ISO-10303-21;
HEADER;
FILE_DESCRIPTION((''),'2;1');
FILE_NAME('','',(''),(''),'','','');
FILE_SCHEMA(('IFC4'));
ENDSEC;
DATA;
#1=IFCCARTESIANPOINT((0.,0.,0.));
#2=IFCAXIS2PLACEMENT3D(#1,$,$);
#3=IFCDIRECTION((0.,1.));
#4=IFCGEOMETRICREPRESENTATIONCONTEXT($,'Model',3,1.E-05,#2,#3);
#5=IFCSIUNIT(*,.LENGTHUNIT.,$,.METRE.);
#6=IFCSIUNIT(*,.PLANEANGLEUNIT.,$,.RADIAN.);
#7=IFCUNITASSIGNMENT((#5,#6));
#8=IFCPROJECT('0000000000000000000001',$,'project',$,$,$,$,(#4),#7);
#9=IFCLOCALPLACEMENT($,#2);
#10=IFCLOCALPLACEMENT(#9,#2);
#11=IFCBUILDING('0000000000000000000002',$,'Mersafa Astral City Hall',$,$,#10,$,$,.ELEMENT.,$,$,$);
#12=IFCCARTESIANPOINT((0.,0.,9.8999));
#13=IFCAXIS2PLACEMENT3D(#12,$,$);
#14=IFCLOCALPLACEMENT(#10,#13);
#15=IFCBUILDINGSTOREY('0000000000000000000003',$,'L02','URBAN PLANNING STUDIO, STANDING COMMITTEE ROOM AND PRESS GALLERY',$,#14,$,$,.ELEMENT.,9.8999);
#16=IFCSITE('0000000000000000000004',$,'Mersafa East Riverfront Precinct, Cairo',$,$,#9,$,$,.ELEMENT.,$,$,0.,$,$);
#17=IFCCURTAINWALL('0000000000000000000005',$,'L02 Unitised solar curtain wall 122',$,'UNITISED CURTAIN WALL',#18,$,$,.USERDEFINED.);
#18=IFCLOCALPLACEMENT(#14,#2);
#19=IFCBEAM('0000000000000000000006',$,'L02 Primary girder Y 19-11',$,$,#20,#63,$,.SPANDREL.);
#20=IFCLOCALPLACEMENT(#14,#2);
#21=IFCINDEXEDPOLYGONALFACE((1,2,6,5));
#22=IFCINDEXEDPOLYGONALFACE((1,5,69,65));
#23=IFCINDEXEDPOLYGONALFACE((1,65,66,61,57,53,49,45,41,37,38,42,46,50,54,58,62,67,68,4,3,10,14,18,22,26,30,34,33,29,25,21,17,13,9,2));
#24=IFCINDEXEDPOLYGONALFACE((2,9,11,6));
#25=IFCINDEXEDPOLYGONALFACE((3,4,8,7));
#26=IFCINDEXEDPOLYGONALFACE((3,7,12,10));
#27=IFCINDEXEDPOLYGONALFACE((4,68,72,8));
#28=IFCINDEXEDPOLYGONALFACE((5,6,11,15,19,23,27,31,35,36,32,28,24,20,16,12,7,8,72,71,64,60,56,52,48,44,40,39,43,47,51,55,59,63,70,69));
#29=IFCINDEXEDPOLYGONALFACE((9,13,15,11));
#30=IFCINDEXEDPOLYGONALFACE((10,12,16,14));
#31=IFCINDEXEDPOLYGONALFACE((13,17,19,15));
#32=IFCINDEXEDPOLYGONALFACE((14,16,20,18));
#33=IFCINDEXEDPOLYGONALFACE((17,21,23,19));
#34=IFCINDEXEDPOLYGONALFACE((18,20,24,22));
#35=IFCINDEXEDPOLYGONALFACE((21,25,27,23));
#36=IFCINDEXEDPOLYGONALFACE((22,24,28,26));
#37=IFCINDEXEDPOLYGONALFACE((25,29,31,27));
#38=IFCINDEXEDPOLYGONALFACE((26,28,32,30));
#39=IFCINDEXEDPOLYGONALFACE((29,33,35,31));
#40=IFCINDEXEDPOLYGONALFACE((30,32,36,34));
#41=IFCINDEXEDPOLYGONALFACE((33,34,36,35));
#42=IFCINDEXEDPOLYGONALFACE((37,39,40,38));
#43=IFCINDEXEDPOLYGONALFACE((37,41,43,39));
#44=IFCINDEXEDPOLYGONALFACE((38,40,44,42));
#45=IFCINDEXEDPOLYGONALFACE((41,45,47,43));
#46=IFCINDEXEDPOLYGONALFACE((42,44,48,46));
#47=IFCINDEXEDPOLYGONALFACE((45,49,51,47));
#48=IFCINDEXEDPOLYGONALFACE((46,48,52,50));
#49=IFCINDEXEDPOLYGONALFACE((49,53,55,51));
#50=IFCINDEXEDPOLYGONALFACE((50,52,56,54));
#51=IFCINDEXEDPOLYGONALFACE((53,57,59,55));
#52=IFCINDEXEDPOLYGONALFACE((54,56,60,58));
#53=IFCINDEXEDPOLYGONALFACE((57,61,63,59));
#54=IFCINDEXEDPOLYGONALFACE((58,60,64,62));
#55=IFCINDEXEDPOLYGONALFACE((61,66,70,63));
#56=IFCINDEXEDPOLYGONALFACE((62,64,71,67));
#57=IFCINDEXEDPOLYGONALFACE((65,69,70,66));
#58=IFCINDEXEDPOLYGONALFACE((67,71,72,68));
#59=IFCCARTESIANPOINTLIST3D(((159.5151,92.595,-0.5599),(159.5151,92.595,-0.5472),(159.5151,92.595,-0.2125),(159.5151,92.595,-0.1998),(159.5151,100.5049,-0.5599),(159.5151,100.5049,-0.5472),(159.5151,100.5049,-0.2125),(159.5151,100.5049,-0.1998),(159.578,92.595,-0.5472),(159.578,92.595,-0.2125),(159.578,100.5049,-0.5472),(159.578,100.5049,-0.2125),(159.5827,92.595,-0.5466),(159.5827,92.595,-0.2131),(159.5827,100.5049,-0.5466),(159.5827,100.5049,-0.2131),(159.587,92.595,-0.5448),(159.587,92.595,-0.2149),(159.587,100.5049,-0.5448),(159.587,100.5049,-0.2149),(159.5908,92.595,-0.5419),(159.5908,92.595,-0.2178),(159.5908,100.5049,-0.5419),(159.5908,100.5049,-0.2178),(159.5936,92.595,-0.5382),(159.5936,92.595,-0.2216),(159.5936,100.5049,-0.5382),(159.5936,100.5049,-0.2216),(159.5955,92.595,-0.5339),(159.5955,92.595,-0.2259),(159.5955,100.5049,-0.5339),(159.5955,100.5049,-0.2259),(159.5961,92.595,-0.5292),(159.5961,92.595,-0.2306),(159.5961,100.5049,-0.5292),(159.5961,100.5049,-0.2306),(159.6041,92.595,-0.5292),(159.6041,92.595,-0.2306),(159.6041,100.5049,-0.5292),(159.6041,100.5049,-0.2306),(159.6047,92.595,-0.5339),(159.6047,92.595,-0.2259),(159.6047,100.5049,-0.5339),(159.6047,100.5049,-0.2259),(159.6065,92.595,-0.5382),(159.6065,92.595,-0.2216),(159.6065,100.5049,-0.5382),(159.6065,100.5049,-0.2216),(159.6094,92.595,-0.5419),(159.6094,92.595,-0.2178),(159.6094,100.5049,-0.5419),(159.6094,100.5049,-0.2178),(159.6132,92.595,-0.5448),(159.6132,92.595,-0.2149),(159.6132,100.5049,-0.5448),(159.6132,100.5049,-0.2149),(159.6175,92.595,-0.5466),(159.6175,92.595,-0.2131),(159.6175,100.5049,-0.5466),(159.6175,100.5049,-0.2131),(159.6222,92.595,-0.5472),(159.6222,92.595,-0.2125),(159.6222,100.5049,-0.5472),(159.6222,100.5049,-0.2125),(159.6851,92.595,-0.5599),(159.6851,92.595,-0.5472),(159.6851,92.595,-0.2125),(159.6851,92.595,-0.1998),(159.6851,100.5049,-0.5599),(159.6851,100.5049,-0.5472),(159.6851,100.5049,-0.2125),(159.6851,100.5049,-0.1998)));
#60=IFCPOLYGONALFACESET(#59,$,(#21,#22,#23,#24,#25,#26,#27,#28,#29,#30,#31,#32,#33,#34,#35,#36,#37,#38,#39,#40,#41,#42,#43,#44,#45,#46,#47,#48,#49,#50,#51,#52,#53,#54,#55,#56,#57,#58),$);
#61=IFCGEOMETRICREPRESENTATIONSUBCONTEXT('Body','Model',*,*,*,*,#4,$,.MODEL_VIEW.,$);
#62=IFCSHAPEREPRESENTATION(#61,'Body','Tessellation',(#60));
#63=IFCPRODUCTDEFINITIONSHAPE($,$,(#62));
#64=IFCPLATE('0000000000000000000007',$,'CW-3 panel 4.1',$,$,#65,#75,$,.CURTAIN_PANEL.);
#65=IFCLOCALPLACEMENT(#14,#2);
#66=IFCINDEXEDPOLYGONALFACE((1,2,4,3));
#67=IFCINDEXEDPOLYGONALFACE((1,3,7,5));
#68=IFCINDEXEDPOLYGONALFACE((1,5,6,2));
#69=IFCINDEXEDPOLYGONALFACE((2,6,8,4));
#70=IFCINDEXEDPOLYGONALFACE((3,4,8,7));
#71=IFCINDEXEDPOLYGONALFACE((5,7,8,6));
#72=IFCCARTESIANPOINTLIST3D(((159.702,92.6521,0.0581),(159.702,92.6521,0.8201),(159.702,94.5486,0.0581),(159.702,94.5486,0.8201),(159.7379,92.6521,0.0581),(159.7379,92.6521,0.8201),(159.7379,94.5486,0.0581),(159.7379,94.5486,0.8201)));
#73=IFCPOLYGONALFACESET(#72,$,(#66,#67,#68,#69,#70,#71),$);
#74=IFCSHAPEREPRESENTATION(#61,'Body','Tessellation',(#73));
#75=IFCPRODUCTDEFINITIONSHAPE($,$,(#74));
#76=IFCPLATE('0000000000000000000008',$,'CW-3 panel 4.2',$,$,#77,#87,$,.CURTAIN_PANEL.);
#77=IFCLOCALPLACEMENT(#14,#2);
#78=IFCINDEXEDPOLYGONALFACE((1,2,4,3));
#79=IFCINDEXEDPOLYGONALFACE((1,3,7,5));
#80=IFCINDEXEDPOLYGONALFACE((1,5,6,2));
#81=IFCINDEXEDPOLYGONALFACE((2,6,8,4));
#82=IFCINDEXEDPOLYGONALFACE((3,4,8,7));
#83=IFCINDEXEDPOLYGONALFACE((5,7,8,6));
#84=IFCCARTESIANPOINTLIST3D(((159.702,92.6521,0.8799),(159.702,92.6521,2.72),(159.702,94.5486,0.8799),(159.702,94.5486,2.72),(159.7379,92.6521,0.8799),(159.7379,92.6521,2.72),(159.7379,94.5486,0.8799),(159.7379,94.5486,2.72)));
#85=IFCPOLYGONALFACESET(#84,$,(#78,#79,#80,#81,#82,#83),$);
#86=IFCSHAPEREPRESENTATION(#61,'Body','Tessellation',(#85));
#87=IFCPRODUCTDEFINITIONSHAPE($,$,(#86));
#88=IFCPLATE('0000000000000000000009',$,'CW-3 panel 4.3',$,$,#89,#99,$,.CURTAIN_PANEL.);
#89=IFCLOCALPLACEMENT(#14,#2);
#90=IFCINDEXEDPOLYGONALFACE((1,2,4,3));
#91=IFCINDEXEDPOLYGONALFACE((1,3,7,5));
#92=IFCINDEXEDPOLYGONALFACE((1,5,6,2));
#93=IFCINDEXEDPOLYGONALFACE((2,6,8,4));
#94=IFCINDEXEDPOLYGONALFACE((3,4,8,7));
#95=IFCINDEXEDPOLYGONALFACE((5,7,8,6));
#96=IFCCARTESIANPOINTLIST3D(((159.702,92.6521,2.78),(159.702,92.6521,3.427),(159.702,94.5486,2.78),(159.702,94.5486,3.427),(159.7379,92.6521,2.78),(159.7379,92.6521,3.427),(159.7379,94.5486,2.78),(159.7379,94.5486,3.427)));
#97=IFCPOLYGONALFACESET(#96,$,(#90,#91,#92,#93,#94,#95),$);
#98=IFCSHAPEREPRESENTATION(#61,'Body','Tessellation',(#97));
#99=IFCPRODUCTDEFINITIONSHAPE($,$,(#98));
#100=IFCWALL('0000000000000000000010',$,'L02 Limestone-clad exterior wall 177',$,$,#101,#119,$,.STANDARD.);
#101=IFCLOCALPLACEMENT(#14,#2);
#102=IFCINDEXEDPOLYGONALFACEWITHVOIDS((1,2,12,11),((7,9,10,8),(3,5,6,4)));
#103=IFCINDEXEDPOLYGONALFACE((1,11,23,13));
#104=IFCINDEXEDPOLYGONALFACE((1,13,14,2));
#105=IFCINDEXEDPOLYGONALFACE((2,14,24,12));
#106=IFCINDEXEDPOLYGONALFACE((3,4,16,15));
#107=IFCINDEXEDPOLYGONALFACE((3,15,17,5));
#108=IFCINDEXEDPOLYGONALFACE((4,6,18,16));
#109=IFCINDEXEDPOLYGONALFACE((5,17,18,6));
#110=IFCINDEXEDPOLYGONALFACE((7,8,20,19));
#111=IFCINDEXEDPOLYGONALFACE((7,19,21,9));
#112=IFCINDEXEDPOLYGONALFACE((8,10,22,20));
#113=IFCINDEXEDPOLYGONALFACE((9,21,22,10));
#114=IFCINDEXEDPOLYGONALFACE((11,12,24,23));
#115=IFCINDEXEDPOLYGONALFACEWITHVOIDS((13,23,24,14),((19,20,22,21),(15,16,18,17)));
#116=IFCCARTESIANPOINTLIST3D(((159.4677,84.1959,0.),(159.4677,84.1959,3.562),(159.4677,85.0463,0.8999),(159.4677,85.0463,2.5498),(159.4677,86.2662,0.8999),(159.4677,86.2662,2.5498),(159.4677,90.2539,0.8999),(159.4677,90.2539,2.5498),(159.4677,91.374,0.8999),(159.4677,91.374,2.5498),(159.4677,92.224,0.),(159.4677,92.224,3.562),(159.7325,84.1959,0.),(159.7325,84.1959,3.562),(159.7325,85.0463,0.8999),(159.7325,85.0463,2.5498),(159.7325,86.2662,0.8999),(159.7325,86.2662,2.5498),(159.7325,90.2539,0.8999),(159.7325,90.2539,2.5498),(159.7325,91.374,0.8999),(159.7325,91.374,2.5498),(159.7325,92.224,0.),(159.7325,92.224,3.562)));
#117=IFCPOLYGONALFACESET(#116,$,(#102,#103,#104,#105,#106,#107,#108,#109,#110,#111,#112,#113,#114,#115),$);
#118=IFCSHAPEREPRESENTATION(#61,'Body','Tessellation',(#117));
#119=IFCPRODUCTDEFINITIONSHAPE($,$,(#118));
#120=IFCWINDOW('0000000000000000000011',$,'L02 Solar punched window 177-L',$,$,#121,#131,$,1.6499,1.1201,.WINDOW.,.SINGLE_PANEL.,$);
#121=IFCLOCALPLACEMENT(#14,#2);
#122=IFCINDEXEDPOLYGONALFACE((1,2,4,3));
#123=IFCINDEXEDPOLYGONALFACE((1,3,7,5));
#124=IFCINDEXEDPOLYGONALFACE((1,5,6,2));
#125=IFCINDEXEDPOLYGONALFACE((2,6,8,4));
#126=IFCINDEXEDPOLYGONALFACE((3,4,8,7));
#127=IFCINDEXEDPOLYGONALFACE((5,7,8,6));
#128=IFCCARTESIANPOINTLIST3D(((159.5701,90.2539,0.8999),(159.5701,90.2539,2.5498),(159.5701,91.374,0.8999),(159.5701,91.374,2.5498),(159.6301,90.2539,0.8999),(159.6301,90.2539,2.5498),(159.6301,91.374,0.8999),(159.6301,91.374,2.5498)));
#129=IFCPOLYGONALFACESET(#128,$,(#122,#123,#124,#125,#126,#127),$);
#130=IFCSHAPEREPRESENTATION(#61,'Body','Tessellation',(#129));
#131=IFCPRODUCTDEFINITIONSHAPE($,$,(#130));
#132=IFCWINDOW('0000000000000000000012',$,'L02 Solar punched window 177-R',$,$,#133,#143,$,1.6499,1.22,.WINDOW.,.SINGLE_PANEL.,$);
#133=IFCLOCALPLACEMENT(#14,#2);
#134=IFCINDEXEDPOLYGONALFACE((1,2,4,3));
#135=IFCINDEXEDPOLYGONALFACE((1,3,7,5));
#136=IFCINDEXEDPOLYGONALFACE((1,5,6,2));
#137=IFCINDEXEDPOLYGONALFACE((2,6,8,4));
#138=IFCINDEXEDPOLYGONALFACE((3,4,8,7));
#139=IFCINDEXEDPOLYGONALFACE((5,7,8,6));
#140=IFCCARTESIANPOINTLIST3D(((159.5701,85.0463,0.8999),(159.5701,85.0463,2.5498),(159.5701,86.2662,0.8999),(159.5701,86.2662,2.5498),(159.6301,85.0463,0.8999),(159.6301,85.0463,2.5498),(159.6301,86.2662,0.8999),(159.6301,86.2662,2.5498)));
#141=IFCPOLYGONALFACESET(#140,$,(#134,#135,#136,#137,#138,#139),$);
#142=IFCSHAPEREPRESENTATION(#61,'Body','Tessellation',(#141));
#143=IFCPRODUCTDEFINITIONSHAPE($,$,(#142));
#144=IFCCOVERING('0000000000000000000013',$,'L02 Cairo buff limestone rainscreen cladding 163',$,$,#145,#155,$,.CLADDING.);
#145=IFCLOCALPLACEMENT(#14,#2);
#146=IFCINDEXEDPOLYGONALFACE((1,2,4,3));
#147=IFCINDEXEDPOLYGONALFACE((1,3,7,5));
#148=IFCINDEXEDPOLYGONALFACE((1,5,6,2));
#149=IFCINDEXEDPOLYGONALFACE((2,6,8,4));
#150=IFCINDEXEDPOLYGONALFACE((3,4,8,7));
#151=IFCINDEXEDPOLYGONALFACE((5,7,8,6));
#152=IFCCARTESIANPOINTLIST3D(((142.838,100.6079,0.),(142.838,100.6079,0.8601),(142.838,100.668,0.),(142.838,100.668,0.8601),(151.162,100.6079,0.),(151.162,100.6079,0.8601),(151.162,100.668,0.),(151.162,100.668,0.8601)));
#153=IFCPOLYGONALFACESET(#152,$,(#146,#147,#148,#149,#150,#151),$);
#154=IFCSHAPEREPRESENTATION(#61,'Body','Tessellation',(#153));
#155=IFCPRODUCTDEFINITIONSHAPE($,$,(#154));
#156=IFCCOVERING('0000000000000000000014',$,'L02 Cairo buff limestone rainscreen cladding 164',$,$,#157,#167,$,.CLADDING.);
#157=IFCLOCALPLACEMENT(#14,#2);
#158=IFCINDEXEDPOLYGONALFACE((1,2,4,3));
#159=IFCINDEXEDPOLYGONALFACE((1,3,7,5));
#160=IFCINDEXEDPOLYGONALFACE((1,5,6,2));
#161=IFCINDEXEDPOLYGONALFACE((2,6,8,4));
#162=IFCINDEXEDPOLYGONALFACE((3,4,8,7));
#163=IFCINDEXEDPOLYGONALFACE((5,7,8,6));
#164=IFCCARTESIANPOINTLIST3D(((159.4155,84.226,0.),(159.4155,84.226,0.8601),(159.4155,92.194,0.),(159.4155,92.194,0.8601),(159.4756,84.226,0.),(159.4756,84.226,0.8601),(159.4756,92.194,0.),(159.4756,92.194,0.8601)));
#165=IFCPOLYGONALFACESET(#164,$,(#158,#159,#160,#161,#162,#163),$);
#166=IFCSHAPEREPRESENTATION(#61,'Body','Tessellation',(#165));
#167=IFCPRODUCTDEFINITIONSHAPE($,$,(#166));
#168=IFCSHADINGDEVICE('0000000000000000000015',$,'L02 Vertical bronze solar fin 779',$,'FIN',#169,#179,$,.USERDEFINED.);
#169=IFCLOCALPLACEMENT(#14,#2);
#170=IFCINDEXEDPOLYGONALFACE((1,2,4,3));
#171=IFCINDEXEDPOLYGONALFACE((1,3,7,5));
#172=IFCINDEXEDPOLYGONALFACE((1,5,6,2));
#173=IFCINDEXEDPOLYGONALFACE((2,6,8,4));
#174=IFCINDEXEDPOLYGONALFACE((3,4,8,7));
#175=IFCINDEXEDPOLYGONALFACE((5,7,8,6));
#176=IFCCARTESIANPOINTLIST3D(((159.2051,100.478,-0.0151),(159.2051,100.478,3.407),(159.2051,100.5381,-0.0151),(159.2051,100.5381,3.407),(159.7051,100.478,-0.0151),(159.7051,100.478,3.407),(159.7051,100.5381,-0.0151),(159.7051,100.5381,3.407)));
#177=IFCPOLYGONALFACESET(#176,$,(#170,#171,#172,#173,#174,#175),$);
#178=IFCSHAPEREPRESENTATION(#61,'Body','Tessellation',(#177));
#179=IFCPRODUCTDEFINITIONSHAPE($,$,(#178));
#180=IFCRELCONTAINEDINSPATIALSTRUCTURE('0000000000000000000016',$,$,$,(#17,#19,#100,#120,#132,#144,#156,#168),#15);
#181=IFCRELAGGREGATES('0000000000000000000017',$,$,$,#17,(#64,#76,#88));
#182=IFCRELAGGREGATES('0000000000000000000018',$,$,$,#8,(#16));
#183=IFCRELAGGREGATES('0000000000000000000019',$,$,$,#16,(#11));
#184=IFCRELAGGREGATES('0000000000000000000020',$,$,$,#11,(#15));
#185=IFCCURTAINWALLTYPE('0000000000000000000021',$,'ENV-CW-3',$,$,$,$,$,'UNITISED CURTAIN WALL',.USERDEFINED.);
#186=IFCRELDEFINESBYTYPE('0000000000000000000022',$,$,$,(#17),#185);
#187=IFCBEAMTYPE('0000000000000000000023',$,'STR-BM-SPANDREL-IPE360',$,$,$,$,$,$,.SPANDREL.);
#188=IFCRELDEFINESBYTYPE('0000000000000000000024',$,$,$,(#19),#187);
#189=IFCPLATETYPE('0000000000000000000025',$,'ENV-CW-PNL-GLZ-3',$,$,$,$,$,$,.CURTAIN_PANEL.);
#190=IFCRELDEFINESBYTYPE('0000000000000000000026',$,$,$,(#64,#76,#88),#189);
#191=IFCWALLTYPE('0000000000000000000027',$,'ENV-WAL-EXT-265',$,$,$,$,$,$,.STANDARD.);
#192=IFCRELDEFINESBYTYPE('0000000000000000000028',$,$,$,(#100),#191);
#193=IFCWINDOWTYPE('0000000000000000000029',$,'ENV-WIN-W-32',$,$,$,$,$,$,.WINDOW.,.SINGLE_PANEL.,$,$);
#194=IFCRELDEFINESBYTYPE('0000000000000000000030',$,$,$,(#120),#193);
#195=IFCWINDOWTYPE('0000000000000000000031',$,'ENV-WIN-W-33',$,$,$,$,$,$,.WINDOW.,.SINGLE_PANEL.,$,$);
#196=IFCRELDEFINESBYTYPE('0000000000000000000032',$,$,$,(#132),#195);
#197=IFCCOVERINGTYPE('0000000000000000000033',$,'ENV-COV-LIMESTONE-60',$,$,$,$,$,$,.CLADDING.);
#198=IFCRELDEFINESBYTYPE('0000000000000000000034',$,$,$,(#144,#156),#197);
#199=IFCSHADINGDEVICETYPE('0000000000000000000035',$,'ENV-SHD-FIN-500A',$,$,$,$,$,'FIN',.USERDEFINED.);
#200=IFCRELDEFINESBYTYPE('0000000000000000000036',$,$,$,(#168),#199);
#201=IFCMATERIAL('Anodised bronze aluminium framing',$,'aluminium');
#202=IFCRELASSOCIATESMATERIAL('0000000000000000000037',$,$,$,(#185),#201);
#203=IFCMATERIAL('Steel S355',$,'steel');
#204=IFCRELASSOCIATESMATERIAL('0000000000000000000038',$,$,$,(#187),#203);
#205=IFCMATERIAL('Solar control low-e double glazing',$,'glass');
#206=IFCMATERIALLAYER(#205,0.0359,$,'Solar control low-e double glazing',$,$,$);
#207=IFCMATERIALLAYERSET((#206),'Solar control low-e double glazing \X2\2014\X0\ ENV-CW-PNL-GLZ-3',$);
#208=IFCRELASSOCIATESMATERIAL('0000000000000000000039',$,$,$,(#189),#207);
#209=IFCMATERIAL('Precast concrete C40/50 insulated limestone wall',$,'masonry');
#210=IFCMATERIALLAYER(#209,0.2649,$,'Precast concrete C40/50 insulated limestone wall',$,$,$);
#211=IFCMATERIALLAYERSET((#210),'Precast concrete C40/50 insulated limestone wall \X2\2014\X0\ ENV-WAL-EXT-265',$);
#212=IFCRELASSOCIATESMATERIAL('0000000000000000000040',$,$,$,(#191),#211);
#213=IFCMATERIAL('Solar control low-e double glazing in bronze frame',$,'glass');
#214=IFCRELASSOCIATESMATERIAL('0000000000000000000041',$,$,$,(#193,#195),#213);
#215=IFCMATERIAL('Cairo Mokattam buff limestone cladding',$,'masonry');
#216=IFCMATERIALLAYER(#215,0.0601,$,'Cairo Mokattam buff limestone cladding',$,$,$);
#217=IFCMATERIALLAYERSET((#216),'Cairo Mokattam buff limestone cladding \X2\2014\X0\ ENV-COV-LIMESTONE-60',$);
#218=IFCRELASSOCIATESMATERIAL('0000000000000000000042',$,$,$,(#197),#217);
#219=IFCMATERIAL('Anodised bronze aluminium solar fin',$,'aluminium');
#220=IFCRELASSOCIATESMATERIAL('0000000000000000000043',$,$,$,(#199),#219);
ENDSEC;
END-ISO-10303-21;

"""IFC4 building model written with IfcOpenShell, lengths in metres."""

from ifc_helpers import new_model, si_unit, direction, frame, frame_2d, origin, origin_2d, place, context, subcontext, project, spatial, rectangle, i_section, extrude, material, layer, layer_set, material_profile, profile_set, type_object, element, fill, aggregate, save


model = new_model("IFC4")

# Units and contexts
model_context = context("Model", 3, precision=1e-05, world=origin(), true_north=direction((0.0, 1.0)))
body_context = subcontext(model_context, "Body", "Model", "MODEL_VIEW")
ifc_project = project(units=[si_unit("LENGTHUNIT", "METRE"), si_unit("PLANEANGLEUNIT", "RADIAN")], contexts=[model_context])

# Site, building, storey
site_placement = place(None, origin())
site = spatial("IfcSite", under=ifc_project, at=site_placement, Name="Mersafa East Riverfront Precinct, Cairo", CompositionType="ELEMENT", RefElevation=0.0)
building_placement = place(site_placement, origin())
building = spatial("IfcBuilding", under=site, at=building_placement, Name="Mersafa Astral City Hall", CompositionType="ELEMENT")
storey_placement = place(building_placement, frame((0.0, 0.0, 9.8999)))
storey = spatial("IfcBuildingStorey", under=building, at=storey_placement, Name="L02", Description="URBAN PLANNING STUDIO, STANDING COMMITTEE ROOM AND PRESS GALLERY", CompositionType="ELEMENT", Elevation=9.8999)

# Shared definitions
ifc_material_1 = material(Name="Steel S355", Category="steel")

# Curtain wall
ifc_material_2 = material(Name="Anodised bronze aluminium framing", Category="aluminium")
curtain_wall_type = type_object("IfcCurtainWallType", Name="ENV-CW-3", ElementType="UNITISED CURTAIN WALL", PredefinedType="USERDEFINED", material=ifc_material_2)
curtain_wall_placement = place(storey_placement, origin())
curtain_wall = element("IfcCurtainWall", 1, at=curtain_wall_placement, inside=storey, type_object=curtain_wall_type, Name="L02 Unitised solar curtain wall 122", ObjectType="UNITISED CURTAIN WALL", PredefinedType="USERDEFINED")

# Beam
ifc_material_profile_1 = material_profile(ifc_material_1, i_section(OverallWidth=0.1699, OverallDepth=0.3601, WebThickness=0.0081, FlangeThickness=0.0127, FilletRadius=0.0181, at=origin_2d()), Name="IPE 360")
ifc_profile_set_1 = profile_set([ifc_material_profile_1], Name="Steel S355")
beam_type_1 = type_object("IfcBeamType", Name="STR-BM-SPANDREL-IPE360", PredefinedType="SPANDREL", material=ifc_profile_set_1)
beam_1_placement = place(storey_placement, frame((159.6001, 92.595, -0.3799), z_axis=(0.0, 1.0, 0.0), x_axis=(-1.0, 0.0, 0.0)))
element("IfcBeam", 2, at=beam_1_placement, inside=storey, type_object=beam_type_1, Name="L02 Primary girder Y 19-11", PredefinedType="SPANDREL", context=body_context, shape_type="SweptSolid", body=[
    extrude(i_section(OverallWidth=0.1699, OverallDepth=0.3601, WebThickness=0.0081, FlangeThickness=0.0127, FilletRadius=0.0181, at=origin_2d()), origin(), (0.0, 0.0, 1.0), 7.9099),
])

# Plates
ifc_material_3 = material(Name="Solar control low-e double glazing", Category="glass")
ifc_layer_1 = layer(ifc_material_3, 0.0359, Name="Solar control low-e double glazing")
ifc_layer_set_1 = layer_set([ifc_layer_1], Name="Solar control low-e double glazing — ENV-CW-PNL-GLZ-3")
plate_type = type_object("IfcPlateType", Name="ENV-CW-PNL-GLZ-3", PredefinedType="CURTAIN_PANEL", material=ifc_layer_set_1)
plate_1_placement = place(storey_placement, frame((159.72, 93.6003, 0.0581), z_axis=(0.0, 0.0, 1.0), x_axis=(0.0, -1.0, 0.0)))
plate_1 = element("IfcPlate", 3, at=plate_1_placement, type_object=plate_type, Name="CW-3 panel 4.1", PredefinedType="CURTAIN_PANEL", context=body_context, shape_type="SweptSolid", body=[
    extrude(rectangle(XDim=1.8965, YDim=0.0359, at=origin_2d()), origin(), (0.0, 0.0, 1.0), 0.762),
])
plate_2_placement = place(storey_placement, frame((159.72, 93.6003, 0.8799), z_axis=(0.0, 0.0, 1.0), x_axis=(0.0, -1.0, 0.0)))
plate_2 = element("IfcPlate", 4, at=plate_2_placement, type_object=plate_type, Name="CW-3 panel 4.2", PredefinedType="CURTAIN_PANEL", context=body_context, shape_type="SweptSolid", body=[
    extrude(rectangle(XDim=1.8965, YDim=0.0359, at=origin_2d()), origin(), (0.0, 0.0, 1.0), 1.8401),
])
plate_3_placement = place(storey_placement, frame((159.72, 93.6003, 2.78), z_axis=(0.0, 0.0, 1.0), x_axis=(0.0, -1.0, 0.0)))
plate_3 = element("IfcPlate", 5, at=plate_3_placement, type_object=plate_type, Name="CW-3 panel 4.3", PredefinedType="CURTAIN_PANEL", context=body_context, shape_type="SweptSolid", body=[
    extrude(rectangle(XDim=1.8965, YDim=0.0359, at=origin_2d()), origin(), (0.0, 0.0, 1.0), 0.647),
])
aggregate(curtain_wall, [plate_1, plate_2, plate_3])

# Wall, openings, windows
ifc_material_4 = material(Name="Precast concrete C40/50 insulated limestone wall", Category="masonry")
ifc_layer_2 = layer(ifc_material_4, 0.2649, Name="Precast concrete C40/50 insulated limestone wall")
ifc_layer_set_2 = layer_set([ifc_layer_2], Name="Precast concrete C40/50 insulated limestone wall — ENV-WAL-EXT-265")
wall_type = type_object("IfcWallType", Name="ENV-WAL-EXT-265", PredefinedType="STANDARD", material=ifc_layer_set_2)
wall_placement = place(storey_placement, frame((159.6001, 92.2241, 0.0), z_axis=(0.0, 0.0, 1.0), x_axis=(0.0, -1.0, 0.0)))
wall = element("IfcWall", 6, at=wall_placement, inside=storey, type_object=wall_type, Name="L02 Limestone-clad exterior wall 177", PredefinedType="STANDARD", context=body_context, shape_type="SweptSolid", body=[
    extrude(rectangle(XDim=8.0281, YDim=0.2649, at=frame_2d((4.0142, 0.0))), origin(), (0.0, 0.0, 1.0), 3.562),
])
opening_1_placement = place(wall_placement, frame((0.8501, 0.0, 0.8999)))
opening_1 = element("IfcOpeningElement", 7, at=opening_1_placement, cuts=wall, PredefinedType="OPENING", context=body_context, shape_type="SweptSolid", body=[
    extrude(rectangle(XDim=1.1201, YDim=1.6499, at=frame_2d((0.5601, 0.825))), frame((0.0, 0.1423, 0.0), z_axis=(0.0, -1.0, 0.0), x_axis=(1.0, 0.0, 0.0)), (0.0, 0.0, 1.0), 0.2849),
])
opening_2_placement = place(wall_placement, frame((5.958, 0.0, 0.8999)))
opening_2 = element("IfcOpeningElement", 8, at=opening_2_placement, cuts=wall, PredefinedType="OPENING", context=body_context, shape_type="SweptSolid", body=[
    extrude(rectangle(XDim=1.22, YDim=1.6499, at=frame_2d((0.6099, 0.825))), frame((0.0, 0.1423, 0.0), z_axis=(0.0, -1.0, 0.0), x_axis=(1.0, 0.0, 0.0)), (0.0, 0.0, 1.0), 0.2849),
])
ifc_material_5 = material(Name="Solar control low-e double glazing in bronze frame", Category="glass")
window_type_1 = type_object("IfcWindowType", Name="ENV-WIN-W-32", PartitioningType="SINGLE_PANEL", PredefinedType="WINDOW", material=ifc_material_5)
window_1_placement = place(opening_1_placement, origin())
window_1 = element("IfcWindow", 9, at=window_1_placement, inside=storey, type_object=window_type_1, Name="L02 Solar punched window 177-L", OverallHeight=1.6499, OverallWidth=1.1201, PartitioningType="SINGLE_PANEL", PredefinedType="WINDOW", context=body_context, shape_type="SweptSolid", body=[
    extrude(rectangle(XDim=1.1201, YDim=1.6499, at=frame_2d((0.5601, 0.825))), frame((0.0, 0.03, 0.0), z_axis=(0.0, -1.0, 0.0), x_axis=(1.0, 0.0, 0.0)), (0.0, 0.0, 1.0), 0.0601),
])
fill(opening_1, window_1)
window_type_2 = type_object("IfcWindowType", Name="ENV-WIN-W-33", PartitioningType="SINGLE_PANEL", PredefinedType="WINDOW", material=ifc_material_5)
window_2_placement = place(opening_2_placement, origin())
window_2 = element("IfcWindow", 10, at=window_2_placement, inside=storey, type_object=window_type_2, Name="L02 Solar punched window 177-R", OverallHeight=1.6499, OverallWidth=1.22, PartitioningType="SINGLE_PANEL", PredefinedType="WINDOW", context=body_context, shape_type="SweptSolid", body=[
    extrude(rectangle(XDim=1.22, YDim=1.6499, at=frame_2d((0.6099, 0.825))), frame((0.0, 0.03, 0.0), z_axis=(0.0, -1.0, 0.0), x_axis=(1.0, 0.0, 0.0)), (0.0, 0.0, 1.0), 0.0601),
])
fill(opening_2, window_2)

# Coverings
ifc_material_6 = material(Name="Cairo Mokattam buff limestone cladding", Category="masonry")
ifc_layer_3 = layer(ifc_material_6, 0.0601, Name="Cairo Mokattam buff limestone cladding")
ifc_layer_set_3 = layer_set([ifc_layer_3], Name="Cairo Mokattam buff limestone cladding — ENV-COV-LIMESTONE-60")
covering_type = type_object("IfcCoveringType", Name="ENV-COV-LIMESTONE-60", PredefinedType="CLADDING", material=ifc_layer_set_3)
covering_1_placement = place(storey_placement, frame((147.0, 100.6379, 0.0), z_axis=(0.0, 0.0, 1.0), x_axis=(1.0, 0.0, 0.0)))
element("IfcCovering", 11, at=covering_1_placement, inside=storey, type_object=covering_type, Name="L02 Cairo buff limestone rainscreen cladding 163", PredefinedType="CLADDING", context=body_context, shape_type="SweptSolid", body=[
    extrude(rectangle(XDim=8.324, YDim=0.0601, at=origin_2d()), origin(), (0.0, 0.0, 1.0), 0.8601),
])
covering_2_placement = place(storey_placement, frame((159.4456, 88.21, 0.0), z_axis=(0.0, 0.0, 1.0), x_axis=(0.0, -1.0, 0.0)))
element("IfcCovering", 12, at=covering_2_placement, inside=storey, type_object=covering_type, Name="L02 Cairo buff limestone rainscreen cladding 164", PredefinedType="CLADDING", context=body_context, shape_type="SweptSolid", body=[
    extrude(rectangle(XDim=7.968, YDim=0.0601, at=origin_2d()), origin(), (0.0, 0.0, 1.0), 0.8601),
])

# Shading device
ifc_material_7 = material(Name="Anodised bronze aluminium solar fin", Category="aluminium")
shading_device_type_1 = type_object("IfcShadingDeviceType", Name="ENV-SHD-FIN-500A", ElementType="FIN", PredefinedType="USERDEFINED", material=ifc_material_7)
for number, where, z_axis, x_axis, name in (
    (13, (159.4551, 100.5081, -0.0151), (0.0, 0.0, 1.0), (0.0, -1.0, 0.0), "L02 Vertical bronze solar fin 779"),
):
    element("IfcShadingDevice", number, at=place(storey_placement, frame(where, z_axis=z_axis, x_axis=x_axis)), inside=storey, type_object=shading_device_type_1, Name=name, ObjectType="FIN", PredefinedType="USERDEFINED", context=body_context, shape_type="SweptSolid", body=[
        extrude(rectangle(XDim=0.0601, YDim=0.5, at=origin_2d()), origin(), (0.0, 0.0, 1.0), 3.4221),
    ])

save(model, "model.ifc")
